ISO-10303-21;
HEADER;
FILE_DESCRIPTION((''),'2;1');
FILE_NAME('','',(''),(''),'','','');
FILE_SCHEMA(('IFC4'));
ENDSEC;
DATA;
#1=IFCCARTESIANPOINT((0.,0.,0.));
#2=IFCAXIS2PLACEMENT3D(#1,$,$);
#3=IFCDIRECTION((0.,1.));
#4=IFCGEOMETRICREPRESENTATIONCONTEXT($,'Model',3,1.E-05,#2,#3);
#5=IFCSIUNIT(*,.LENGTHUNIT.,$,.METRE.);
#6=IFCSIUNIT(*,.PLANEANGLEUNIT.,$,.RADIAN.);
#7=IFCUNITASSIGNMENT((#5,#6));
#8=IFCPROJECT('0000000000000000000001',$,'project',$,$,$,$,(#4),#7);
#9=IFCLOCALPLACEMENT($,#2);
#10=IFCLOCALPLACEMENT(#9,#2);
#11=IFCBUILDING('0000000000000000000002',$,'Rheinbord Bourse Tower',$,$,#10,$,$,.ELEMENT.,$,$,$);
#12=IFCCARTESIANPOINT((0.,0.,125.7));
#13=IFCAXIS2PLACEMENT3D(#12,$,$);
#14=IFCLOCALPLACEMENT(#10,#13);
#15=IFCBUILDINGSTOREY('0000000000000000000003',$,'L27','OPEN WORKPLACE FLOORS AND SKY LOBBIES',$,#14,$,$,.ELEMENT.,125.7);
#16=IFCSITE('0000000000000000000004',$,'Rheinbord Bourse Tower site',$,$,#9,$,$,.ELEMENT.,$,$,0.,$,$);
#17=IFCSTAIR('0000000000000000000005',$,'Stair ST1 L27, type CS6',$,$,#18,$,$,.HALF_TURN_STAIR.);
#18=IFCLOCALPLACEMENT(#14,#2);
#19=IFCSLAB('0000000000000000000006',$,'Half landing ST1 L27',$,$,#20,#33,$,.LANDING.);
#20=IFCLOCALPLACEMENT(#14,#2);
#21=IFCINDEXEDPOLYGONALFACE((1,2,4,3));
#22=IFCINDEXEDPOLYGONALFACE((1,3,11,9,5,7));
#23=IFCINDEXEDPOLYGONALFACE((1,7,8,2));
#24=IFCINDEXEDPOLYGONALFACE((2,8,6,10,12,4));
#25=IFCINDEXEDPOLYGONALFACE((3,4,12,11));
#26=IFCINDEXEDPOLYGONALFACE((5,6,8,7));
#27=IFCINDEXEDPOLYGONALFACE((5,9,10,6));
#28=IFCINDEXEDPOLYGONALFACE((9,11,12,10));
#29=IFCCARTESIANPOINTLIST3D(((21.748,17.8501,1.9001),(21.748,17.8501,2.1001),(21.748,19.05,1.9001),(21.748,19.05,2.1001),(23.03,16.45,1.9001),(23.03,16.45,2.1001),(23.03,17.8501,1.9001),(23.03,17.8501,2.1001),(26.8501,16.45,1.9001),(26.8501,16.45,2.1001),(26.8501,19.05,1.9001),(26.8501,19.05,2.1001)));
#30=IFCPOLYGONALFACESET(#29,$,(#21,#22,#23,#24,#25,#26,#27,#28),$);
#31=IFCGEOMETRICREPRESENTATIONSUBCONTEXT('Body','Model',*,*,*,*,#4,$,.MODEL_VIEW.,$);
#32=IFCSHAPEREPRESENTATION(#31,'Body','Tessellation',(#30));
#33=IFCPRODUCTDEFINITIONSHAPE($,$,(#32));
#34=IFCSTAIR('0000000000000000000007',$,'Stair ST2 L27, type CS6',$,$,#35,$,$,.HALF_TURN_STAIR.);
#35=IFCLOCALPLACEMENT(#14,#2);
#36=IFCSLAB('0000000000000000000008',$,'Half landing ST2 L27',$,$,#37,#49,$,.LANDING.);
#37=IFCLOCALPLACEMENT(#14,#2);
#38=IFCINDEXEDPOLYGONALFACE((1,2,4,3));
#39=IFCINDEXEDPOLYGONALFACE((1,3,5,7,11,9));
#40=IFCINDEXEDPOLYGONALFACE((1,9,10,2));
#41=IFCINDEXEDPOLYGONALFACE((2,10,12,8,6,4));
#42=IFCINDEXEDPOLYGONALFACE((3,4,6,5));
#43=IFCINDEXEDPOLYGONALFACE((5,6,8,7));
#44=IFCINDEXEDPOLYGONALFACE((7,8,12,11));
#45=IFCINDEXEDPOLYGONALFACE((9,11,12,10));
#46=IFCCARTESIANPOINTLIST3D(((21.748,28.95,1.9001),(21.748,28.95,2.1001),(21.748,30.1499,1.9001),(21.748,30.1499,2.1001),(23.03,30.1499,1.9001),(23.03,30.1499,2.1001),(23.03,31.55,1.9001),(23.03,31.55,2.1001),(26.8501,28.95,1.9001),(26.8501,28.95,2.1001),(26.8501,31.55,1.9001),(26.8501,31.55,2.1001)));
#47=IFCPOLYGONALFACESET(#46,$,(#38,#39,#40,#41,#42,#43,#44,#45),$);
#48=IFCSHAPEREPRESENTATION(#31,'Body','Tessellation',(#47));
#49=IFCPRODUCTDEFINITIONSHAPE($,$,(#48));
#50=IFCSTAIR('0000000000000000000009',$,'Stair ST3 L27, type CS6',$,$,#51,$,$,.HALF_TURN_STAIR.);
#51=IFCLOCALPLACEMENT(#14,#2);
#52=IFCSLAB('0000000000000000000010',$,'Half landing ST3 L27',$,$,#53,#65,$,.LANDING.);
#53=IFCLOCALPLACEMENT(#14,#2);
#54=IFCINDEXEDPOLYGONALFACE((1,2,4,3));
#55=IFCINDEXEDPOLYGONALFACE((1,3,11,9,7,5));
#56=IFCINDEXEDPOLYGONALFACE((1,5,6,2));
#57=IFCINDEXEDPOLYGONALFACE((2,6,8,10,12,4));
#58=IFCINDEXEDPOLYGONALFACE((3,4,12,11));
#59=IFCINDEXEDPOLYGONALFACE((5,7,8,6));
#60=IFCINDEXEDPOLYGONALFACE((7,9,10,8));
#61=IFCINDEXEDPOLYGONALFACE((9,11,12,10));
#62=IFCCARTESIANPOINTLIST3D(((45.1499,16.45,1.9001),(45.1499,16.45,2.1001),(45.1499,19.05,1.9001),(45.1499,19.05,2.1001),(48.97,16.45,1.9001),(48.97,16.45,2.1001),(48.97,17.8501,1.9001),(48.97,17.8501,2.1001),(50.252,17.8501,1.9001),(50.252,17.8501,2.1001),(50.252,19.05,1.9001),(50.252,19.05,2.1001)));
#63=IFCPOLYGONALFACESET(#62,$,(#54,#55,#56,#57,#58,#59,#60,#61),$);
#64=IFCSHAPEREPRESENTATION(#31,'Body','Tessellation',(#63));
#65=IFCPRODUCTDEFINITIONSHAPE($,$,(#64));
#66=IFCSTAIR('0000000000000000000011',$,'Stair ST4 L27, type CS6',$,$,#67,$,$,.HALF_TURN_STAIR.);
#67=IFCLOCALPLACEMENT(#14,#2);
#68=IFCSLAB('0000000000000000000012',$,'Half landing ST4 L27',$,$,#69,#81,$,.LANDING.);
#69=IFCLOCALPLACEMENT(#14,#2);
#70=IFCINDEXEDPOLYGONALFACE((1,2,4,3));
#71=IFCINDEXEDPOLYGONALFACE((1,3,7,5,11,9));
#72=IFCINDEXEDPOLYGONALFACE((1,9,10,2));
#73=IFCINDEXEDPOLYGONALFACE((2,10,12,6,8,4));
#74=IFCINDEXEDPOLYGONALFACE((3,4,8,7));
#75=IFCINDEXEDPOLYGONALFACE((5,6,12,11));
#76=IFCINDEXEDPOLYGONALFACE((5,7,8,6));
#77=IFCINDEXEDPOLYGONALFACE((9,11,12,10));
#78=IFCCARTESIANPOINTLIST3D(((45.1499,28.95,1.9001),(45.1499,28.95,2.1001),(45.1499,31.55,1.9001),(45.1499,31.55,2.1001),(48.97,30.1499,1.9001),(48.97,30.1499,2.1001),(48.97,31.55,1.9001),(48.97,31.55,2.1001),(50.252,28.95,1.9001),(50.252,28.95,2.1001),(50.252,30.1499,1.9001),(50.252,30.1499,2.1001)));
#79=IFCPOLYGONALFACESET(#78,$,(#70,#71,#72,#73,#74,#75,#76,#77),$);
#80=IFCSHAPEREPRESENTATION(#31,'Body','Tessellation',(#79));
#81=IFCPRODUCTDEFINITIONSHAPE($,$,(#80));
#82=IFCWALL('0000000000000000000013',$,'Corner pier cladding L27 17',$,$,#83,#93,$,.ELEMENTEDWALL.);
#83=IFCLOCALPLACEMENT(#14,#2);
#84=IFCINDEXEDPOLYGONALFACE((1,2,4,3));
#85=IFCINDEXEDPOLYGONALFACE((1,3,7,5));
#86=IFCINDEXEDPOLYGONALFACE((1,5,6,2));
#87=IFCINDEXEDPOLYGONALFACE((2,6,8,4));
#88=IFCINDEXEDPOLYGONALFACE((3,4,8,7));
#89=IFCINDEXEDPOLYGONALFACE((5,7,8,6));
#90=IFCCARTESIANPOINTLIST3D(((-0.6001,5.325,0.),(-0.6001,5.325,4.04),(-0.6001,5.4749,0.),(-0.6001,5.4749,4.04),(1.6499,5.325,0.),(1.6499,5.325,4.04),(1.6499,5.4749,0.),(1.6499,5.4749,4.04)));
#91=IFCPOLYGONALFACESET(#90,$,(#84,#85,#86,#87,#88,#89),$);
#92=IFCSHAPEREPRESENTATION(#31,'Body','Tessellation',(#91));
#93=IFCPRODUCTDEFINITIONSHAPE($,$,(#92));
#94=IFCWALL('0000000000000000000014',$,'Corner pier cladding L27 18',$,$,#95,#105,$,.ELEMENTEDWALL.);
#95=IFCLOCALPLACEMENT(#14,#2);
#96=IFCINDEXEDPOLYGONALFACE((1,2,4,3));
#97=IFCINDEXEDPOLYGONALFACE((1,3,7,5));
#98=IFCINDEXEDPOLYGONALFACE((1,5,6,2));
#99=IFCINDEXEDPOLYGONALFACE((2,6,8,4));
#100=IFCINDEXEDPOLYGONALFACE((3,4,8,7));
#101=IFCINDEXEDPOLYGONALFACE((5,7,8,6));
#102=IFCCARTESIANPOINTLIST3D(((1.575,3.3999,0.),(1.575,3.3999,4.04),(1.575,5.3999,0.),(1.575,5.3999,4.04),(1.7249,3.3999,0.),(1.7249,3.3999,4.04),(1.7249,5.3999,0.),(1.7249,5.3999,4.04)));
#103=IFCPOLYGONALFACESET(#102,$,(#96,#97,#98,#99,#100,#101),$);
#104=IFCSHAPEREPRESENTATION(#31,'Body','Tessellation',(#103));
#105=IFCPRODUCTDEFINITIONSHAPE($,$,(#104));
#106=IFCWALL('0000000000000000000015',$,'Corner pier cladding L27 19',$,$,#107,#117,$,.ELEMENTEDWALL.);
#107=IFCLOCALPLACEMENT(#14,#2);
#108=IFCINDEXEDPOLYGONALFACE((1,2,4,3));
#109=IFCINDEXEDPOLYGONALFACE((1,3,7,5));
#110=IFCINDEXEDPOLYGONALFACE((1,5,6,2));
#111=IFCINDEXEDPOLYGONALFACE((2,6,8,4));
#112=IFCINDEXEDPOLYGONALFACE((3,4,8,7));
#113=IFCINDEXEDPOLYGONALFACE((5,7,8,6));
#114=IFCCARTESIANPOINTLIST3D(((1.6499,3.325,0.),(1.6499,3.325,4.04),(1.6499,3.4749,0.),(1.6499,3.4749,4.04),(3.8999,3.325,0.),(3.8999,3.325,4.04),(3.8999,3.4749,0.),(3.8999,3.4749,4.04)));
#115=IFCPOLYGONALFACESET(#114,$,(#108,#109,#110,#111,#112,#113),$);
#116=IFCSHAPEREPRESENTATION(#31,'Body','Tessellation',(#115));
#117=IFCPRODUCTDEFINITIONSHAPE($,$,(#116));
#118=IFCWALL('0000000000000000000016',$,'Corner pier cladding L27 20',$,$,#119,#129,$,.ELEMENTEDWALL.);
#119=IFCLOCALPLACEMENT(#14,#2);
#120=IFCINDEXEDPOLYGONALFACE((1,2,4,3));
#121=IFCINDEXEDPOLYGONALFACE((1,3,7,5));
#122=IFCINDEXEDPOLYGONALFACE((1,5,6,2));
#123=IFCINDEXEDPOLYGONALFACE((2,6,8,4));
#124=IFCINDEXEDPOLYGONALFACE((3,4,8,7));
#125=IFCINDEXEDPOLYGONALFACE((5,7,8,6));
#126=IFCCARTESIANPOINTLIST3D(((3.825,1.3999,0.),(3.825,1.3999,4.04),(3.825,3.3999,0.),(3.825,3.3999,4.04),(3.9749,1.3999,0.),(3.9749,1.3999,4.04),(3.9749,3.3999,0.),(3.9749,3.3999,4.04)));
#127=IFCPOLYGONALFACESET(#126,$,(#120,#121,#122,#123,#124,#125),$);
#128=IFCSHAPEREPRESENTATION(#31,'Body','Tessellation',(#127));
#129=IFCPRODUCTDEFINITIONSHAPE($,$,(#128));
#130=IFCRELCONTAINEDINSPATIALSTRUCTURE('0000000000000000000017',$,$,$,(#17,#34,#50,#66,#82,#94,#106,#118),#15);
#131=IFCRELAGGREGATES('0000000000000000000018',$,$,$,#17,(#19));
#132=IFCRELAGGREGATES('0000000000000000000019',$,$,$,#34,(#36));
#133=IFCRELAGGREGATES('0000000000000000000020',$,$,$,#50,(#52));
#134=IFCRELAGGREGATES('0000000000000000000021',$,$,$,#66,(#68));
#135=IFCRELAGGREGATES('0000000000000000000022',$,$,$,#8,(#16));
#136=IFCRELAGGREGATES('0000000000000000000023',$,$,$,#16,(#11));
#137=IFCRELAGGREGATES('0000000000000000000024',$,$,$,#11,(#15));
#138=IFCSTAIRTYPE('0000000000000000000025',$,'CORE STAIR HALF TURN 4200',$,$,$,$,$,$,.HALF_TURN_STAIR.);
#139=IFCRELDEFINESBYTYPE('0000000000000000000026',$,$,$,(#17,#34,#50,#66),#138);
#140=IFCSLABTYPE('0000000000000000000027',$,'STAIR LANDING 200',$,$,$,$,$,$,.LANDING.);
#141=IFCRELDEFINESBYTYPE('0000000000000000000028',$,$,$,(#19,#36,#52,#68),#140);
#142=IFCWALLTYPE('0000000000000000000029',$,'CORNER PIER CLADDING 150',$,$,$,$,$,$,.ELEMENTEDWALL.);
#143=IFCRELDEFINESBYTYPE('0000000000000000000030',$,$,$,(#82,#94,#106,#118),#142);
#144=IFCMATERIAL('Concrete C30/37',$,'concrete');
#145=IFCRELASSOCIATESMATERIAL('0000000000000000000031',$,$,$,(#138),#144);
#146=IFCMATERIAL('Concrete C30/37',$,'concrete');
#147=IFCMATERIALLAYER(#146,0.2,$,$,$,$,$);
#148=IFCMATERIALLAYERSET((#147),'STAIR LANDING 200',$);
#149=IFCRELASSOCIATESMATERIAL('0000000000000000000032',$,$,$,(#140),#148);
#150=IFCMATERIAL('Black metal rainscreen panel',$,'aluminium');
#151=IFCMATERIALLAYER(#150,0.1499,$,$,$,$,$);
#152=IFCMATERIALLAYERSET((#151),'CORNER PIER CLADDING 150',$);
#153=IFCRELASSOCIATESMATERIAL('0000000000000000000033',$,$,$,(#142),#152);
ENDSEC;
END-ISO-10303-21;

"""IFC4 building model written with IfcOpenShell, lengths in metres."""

from ifc_helpers import new_model, si_unit, direction, frame, frame_2d, origin, place, context, subcontext, project, spatial, polyline, rectangle, outline, extrude, material, layer, layer_set, type_object, element, aggregate, save


model = new_model("IFC4")

# Units and contexts
model_context = context("Model", 3, precision=1e-05, world=origin(), true_north=direction((0.0, 1.0)))
body_context = subcontext(model_context, "Body", "Model", "MODEL_VIEW")
ifc_project = project(units=[si_unit("LENGTHUNIT", "METRE"), si_unit("PLANEANGLEUNIT", "RADIAN")], contexts=[model_context])

# Site, building, storey
site_placement = place(None, origin())
site = spatial("IfcSite", under=ifc_project, at=site_placement, Name="Rheinbord Bourse Tower site", CompositionType="ELEMENT", RefElevation=0.0)
building_placement = place(site_placement, origin())
building = spatial("IfcBuilding", under=site, at=building_placement, Name="Rheinbord Bourse Tower", CompositionType="ELEMENT")
storey_placement = place(building_placement, frame((0.0, 0.0, 125.7)))
storey = spatial("IfcBuildingStorey", under=building, at=storey_placement, Name="L27", Description="OPEN WORKPLACE FLOORS AND SKY LOBBIES", CompositionType="ELEMENT", Elevation=125.7)

# Stairs, slabs
ifc_material_1 = material(Name="Concrete C30/37", Category="concrete")
stair_type = type_object("IfcStairType", Name="CORE STAIR HALF TURN 4200", PredefinedType="HALF_TURN_STAIR", material=ifc_material_1)
stair_1_placement = place(storey_placement, origin())
stair_1 = element("IfcStair", 1, at=stair_1_placement, inside=storey, type_object=stair_type, Name="Stair ST1 L27, type CS6", PredefinedType="HALF_TURN_STAIR")
ifc_material_2 = material(Name="Concrete C30/37", Category="concrete")
ifc_layer_1 = layer(ifc_material_2, 0.2)
ifc_layer_set_1 = layer_set([ifc_layer_1], Name="STAIR LANDING 200")
slab_type_1 = type_object("IfcSlabType", Name="STAIR LANDING 200", PredefinedType="LANDING", material=ifc_layer_set_1)
slab_1_placement = place(storey_placement, frame((0.0, 0.0, 1.9001)))
slab_1 = element("IfcSlab", 2, at=slab_1_placement, type_object=slab_type_1, Name="Half landing ST1 L27", PredefinedType="LANDING", context=body_context, shape_type="SweptSolid", body=[
    extrude(outline(polyline([(23.03, 16.45), (26.8501, 16.45), (26.8501, 19.05), (21.748, 19.05), (21.748, 17.8501), (23.03, 17.8501), (23.03, 16.45)])), origin(), (0.0, 0.0, 1.0), 0.2),
])
aggregate(stair_1, [slab_1])
stair_2_placement = place(storey_placement, origin())
stair_2 = element("IfcStair", 3, at=stair_2_placement, inside=storey, type_object=stair_type, Name="Stair ST2 L27, type CS6", PredefinedType="HALF_TURN_STAIR")
slab_2_placement = place(storey_placement, frame((0.0, 0.0, 1.9001)))
slab_2 = element("IfcSlab", 4, at=slab_2_placement, type_object=slab_type_1, Name="Half landing ST2 L27", PredefinedType="LANDING", context=body_context, shape_type="SweptSolid", body=[
    extrude(outline(polyline([(21.748, 28.95), (26.8501, 28.95), (26.8501, 31.55), (23.03, 31.55), (23.03, 30.1499), (21.748, 30.1499), (21.748, 28.95)])), origin(), (0.0, 0.0, 1.0), 0.2),
])
aggregate(stair_2, [slab_2])
stair_3_placement = place(storey_placement, origin())
stair_3 = element("IfcStair", 5, at=stair_3_placement, inside=storey, type_object=stair_type, Name="Stair ST3 L27, type CS6", PredefinedType="HALF_TURN_STAIR")
slab_3_placement = place(storey_placement, frame((0.0, 0.0, 1.9001)))
slab_3 = element("IfcSlab", 6, at=slab_3_placement, type_object=slab_type_1, Name="Half landing ST3 L27", PredefinedType="LANDING", context=body_context, shape_type="SweptSolid", body=[
    extrude(outline(polyline([(45.1499, 16.45), (48.97, 16.45), (48.97, 17.8501), (50.252, 17.8501), (50.252, 19.05), (45.1499, 19.05), (45.1499, 16.45)])), origin(), (0.0, 0.0, 1.0), 0.2),
])
aggregate(stair_3, [slab_3])
stair_4_placement = place(storey_placement, origin())
stair_4 = element("IfcStair", 7, at=stair_4_placement, inside=storey, type_object=stair_type, Name="Stair ST4 L27, type CS6", PredefinedType="HALF_TURN_STAIR")
slab_4_placement = place(storey_placement, frame((0.0, 0.0, 1.9001)))
slab_4 = element("IfcSlab", 8, at=slab_4_placement, type_object=slab_type_1, Name="Half landing ST4 L27", PredefinedType="LANDING", context=body_context, shape_type="SweptSolid", body=[
    extrude(outline(polyline([(45.1499, 28.95), (50.252, 28.95), (50.252, 30.1499), (48.97, 30.1499), (48.97, 31.55), (45.1499, 31.55), (45.1499, 28.95)])), origin(), (0.0, 0.0, 1.0), 0.2),
])
aggregate(stair_4, [slab_4])

# Walls
ifc_material_3 = material(Name="Black metal rainscreen panel", Category="aluminium")
ifc_layer_2 = layer(ifc_material_3, 0.1499)
ifc_layer_set_2 = layer_set([ifc_layer_2], Name="CORNER PIER CLADDING 150")
wall_type = type_object("IfcWallType", Name="CORNER PIER CLADDING 150", PredefinedType="ELEMENTEDWALL", material=ifc_layer_set_2)
wall_1_placement = place(storey_placement, frame((-0.6001, 5.3999, 0.0), z_axis=(0.0, 0.0, 1.0), x_axis=(1.0, 0.0, 0.0)))
element("IfcWall", 9, at=wall_1_placement, inside=storey, type_object=wall_type, Name="Corner pier cladding L27 17", PredefinedType="ELEMENTEDWALL", context=body_context, shape_type="SweptSolid", body=[
    extrude(rectangle(XDim=2.25, YDim=0.1499, at=frame_2d((1.125, 0.0))), origin(), (0.0, 0.0, 1.0), 4.04),
])
wall_2_placement = place(storey_placement, frame((1.6499, 5.3999, 0.0), z_axis=(0.0, 0.0, 1.0), x_axis=(0.0, -1.0, 0.0)))
element("IfcWall", 10, at=wall_2_placement, inside=storey, type_object=wall_type, Name="Corner pier cladding L27 18", PredefinedType="ELEMENTEDWALL", context=body_context, shape_type="SweptSolid", body=[
    extrude(rectangle(XDim=2.0, YDim=0.1499, at=frame_2d((1.0, 0.0))), origin(), (0.0, 0.0, 1.0), 4.04),
])
wall_3_placement = place(storey_placement, frame((1.6499, 3.3999, 0.0), z_axis=(0.0, 0.0, 1.0), x_axis=(1.0, 0.0, 0.0)))
element("IfcWall", 11, at=wall_3_placement, inside=storey, type_object=wall_type, Name="Corner pier cladding L27 19", PredefinedType="ELEMENTEDWALL", context=body_context, shape_type="SweptSolid", body=[
    extrude(rectangle(XDim=2.25, YDim=0.1499, at=frame_2d((1.125, 0.0))), origin(), (0.0, 0.0, 1.0), 4.04),
])
wall_4_placement = place(storey_placement, frame((3.8999, 3.3999, 0.0), z_axis=(0.0, 0.0, 1.0), x_axis=(0.0, -1.0, 0.0)))
element("IfcWall", 12, at=wall_4_placement, inside=storey, type_object=wall_type, Name="Corner pier cladding L27 20", PredefinedType="ELEMENTEDWALL", context=body_context, shape_type="SweptSolid", body=[
    extrude(rectangle(XDim=2.0, YDim=0.1499, at=frame_2d((1.0, 0.0))), origin(), (0.0, 0.0, 1.0), 4.04),
])

save(model, "model.ifc")
